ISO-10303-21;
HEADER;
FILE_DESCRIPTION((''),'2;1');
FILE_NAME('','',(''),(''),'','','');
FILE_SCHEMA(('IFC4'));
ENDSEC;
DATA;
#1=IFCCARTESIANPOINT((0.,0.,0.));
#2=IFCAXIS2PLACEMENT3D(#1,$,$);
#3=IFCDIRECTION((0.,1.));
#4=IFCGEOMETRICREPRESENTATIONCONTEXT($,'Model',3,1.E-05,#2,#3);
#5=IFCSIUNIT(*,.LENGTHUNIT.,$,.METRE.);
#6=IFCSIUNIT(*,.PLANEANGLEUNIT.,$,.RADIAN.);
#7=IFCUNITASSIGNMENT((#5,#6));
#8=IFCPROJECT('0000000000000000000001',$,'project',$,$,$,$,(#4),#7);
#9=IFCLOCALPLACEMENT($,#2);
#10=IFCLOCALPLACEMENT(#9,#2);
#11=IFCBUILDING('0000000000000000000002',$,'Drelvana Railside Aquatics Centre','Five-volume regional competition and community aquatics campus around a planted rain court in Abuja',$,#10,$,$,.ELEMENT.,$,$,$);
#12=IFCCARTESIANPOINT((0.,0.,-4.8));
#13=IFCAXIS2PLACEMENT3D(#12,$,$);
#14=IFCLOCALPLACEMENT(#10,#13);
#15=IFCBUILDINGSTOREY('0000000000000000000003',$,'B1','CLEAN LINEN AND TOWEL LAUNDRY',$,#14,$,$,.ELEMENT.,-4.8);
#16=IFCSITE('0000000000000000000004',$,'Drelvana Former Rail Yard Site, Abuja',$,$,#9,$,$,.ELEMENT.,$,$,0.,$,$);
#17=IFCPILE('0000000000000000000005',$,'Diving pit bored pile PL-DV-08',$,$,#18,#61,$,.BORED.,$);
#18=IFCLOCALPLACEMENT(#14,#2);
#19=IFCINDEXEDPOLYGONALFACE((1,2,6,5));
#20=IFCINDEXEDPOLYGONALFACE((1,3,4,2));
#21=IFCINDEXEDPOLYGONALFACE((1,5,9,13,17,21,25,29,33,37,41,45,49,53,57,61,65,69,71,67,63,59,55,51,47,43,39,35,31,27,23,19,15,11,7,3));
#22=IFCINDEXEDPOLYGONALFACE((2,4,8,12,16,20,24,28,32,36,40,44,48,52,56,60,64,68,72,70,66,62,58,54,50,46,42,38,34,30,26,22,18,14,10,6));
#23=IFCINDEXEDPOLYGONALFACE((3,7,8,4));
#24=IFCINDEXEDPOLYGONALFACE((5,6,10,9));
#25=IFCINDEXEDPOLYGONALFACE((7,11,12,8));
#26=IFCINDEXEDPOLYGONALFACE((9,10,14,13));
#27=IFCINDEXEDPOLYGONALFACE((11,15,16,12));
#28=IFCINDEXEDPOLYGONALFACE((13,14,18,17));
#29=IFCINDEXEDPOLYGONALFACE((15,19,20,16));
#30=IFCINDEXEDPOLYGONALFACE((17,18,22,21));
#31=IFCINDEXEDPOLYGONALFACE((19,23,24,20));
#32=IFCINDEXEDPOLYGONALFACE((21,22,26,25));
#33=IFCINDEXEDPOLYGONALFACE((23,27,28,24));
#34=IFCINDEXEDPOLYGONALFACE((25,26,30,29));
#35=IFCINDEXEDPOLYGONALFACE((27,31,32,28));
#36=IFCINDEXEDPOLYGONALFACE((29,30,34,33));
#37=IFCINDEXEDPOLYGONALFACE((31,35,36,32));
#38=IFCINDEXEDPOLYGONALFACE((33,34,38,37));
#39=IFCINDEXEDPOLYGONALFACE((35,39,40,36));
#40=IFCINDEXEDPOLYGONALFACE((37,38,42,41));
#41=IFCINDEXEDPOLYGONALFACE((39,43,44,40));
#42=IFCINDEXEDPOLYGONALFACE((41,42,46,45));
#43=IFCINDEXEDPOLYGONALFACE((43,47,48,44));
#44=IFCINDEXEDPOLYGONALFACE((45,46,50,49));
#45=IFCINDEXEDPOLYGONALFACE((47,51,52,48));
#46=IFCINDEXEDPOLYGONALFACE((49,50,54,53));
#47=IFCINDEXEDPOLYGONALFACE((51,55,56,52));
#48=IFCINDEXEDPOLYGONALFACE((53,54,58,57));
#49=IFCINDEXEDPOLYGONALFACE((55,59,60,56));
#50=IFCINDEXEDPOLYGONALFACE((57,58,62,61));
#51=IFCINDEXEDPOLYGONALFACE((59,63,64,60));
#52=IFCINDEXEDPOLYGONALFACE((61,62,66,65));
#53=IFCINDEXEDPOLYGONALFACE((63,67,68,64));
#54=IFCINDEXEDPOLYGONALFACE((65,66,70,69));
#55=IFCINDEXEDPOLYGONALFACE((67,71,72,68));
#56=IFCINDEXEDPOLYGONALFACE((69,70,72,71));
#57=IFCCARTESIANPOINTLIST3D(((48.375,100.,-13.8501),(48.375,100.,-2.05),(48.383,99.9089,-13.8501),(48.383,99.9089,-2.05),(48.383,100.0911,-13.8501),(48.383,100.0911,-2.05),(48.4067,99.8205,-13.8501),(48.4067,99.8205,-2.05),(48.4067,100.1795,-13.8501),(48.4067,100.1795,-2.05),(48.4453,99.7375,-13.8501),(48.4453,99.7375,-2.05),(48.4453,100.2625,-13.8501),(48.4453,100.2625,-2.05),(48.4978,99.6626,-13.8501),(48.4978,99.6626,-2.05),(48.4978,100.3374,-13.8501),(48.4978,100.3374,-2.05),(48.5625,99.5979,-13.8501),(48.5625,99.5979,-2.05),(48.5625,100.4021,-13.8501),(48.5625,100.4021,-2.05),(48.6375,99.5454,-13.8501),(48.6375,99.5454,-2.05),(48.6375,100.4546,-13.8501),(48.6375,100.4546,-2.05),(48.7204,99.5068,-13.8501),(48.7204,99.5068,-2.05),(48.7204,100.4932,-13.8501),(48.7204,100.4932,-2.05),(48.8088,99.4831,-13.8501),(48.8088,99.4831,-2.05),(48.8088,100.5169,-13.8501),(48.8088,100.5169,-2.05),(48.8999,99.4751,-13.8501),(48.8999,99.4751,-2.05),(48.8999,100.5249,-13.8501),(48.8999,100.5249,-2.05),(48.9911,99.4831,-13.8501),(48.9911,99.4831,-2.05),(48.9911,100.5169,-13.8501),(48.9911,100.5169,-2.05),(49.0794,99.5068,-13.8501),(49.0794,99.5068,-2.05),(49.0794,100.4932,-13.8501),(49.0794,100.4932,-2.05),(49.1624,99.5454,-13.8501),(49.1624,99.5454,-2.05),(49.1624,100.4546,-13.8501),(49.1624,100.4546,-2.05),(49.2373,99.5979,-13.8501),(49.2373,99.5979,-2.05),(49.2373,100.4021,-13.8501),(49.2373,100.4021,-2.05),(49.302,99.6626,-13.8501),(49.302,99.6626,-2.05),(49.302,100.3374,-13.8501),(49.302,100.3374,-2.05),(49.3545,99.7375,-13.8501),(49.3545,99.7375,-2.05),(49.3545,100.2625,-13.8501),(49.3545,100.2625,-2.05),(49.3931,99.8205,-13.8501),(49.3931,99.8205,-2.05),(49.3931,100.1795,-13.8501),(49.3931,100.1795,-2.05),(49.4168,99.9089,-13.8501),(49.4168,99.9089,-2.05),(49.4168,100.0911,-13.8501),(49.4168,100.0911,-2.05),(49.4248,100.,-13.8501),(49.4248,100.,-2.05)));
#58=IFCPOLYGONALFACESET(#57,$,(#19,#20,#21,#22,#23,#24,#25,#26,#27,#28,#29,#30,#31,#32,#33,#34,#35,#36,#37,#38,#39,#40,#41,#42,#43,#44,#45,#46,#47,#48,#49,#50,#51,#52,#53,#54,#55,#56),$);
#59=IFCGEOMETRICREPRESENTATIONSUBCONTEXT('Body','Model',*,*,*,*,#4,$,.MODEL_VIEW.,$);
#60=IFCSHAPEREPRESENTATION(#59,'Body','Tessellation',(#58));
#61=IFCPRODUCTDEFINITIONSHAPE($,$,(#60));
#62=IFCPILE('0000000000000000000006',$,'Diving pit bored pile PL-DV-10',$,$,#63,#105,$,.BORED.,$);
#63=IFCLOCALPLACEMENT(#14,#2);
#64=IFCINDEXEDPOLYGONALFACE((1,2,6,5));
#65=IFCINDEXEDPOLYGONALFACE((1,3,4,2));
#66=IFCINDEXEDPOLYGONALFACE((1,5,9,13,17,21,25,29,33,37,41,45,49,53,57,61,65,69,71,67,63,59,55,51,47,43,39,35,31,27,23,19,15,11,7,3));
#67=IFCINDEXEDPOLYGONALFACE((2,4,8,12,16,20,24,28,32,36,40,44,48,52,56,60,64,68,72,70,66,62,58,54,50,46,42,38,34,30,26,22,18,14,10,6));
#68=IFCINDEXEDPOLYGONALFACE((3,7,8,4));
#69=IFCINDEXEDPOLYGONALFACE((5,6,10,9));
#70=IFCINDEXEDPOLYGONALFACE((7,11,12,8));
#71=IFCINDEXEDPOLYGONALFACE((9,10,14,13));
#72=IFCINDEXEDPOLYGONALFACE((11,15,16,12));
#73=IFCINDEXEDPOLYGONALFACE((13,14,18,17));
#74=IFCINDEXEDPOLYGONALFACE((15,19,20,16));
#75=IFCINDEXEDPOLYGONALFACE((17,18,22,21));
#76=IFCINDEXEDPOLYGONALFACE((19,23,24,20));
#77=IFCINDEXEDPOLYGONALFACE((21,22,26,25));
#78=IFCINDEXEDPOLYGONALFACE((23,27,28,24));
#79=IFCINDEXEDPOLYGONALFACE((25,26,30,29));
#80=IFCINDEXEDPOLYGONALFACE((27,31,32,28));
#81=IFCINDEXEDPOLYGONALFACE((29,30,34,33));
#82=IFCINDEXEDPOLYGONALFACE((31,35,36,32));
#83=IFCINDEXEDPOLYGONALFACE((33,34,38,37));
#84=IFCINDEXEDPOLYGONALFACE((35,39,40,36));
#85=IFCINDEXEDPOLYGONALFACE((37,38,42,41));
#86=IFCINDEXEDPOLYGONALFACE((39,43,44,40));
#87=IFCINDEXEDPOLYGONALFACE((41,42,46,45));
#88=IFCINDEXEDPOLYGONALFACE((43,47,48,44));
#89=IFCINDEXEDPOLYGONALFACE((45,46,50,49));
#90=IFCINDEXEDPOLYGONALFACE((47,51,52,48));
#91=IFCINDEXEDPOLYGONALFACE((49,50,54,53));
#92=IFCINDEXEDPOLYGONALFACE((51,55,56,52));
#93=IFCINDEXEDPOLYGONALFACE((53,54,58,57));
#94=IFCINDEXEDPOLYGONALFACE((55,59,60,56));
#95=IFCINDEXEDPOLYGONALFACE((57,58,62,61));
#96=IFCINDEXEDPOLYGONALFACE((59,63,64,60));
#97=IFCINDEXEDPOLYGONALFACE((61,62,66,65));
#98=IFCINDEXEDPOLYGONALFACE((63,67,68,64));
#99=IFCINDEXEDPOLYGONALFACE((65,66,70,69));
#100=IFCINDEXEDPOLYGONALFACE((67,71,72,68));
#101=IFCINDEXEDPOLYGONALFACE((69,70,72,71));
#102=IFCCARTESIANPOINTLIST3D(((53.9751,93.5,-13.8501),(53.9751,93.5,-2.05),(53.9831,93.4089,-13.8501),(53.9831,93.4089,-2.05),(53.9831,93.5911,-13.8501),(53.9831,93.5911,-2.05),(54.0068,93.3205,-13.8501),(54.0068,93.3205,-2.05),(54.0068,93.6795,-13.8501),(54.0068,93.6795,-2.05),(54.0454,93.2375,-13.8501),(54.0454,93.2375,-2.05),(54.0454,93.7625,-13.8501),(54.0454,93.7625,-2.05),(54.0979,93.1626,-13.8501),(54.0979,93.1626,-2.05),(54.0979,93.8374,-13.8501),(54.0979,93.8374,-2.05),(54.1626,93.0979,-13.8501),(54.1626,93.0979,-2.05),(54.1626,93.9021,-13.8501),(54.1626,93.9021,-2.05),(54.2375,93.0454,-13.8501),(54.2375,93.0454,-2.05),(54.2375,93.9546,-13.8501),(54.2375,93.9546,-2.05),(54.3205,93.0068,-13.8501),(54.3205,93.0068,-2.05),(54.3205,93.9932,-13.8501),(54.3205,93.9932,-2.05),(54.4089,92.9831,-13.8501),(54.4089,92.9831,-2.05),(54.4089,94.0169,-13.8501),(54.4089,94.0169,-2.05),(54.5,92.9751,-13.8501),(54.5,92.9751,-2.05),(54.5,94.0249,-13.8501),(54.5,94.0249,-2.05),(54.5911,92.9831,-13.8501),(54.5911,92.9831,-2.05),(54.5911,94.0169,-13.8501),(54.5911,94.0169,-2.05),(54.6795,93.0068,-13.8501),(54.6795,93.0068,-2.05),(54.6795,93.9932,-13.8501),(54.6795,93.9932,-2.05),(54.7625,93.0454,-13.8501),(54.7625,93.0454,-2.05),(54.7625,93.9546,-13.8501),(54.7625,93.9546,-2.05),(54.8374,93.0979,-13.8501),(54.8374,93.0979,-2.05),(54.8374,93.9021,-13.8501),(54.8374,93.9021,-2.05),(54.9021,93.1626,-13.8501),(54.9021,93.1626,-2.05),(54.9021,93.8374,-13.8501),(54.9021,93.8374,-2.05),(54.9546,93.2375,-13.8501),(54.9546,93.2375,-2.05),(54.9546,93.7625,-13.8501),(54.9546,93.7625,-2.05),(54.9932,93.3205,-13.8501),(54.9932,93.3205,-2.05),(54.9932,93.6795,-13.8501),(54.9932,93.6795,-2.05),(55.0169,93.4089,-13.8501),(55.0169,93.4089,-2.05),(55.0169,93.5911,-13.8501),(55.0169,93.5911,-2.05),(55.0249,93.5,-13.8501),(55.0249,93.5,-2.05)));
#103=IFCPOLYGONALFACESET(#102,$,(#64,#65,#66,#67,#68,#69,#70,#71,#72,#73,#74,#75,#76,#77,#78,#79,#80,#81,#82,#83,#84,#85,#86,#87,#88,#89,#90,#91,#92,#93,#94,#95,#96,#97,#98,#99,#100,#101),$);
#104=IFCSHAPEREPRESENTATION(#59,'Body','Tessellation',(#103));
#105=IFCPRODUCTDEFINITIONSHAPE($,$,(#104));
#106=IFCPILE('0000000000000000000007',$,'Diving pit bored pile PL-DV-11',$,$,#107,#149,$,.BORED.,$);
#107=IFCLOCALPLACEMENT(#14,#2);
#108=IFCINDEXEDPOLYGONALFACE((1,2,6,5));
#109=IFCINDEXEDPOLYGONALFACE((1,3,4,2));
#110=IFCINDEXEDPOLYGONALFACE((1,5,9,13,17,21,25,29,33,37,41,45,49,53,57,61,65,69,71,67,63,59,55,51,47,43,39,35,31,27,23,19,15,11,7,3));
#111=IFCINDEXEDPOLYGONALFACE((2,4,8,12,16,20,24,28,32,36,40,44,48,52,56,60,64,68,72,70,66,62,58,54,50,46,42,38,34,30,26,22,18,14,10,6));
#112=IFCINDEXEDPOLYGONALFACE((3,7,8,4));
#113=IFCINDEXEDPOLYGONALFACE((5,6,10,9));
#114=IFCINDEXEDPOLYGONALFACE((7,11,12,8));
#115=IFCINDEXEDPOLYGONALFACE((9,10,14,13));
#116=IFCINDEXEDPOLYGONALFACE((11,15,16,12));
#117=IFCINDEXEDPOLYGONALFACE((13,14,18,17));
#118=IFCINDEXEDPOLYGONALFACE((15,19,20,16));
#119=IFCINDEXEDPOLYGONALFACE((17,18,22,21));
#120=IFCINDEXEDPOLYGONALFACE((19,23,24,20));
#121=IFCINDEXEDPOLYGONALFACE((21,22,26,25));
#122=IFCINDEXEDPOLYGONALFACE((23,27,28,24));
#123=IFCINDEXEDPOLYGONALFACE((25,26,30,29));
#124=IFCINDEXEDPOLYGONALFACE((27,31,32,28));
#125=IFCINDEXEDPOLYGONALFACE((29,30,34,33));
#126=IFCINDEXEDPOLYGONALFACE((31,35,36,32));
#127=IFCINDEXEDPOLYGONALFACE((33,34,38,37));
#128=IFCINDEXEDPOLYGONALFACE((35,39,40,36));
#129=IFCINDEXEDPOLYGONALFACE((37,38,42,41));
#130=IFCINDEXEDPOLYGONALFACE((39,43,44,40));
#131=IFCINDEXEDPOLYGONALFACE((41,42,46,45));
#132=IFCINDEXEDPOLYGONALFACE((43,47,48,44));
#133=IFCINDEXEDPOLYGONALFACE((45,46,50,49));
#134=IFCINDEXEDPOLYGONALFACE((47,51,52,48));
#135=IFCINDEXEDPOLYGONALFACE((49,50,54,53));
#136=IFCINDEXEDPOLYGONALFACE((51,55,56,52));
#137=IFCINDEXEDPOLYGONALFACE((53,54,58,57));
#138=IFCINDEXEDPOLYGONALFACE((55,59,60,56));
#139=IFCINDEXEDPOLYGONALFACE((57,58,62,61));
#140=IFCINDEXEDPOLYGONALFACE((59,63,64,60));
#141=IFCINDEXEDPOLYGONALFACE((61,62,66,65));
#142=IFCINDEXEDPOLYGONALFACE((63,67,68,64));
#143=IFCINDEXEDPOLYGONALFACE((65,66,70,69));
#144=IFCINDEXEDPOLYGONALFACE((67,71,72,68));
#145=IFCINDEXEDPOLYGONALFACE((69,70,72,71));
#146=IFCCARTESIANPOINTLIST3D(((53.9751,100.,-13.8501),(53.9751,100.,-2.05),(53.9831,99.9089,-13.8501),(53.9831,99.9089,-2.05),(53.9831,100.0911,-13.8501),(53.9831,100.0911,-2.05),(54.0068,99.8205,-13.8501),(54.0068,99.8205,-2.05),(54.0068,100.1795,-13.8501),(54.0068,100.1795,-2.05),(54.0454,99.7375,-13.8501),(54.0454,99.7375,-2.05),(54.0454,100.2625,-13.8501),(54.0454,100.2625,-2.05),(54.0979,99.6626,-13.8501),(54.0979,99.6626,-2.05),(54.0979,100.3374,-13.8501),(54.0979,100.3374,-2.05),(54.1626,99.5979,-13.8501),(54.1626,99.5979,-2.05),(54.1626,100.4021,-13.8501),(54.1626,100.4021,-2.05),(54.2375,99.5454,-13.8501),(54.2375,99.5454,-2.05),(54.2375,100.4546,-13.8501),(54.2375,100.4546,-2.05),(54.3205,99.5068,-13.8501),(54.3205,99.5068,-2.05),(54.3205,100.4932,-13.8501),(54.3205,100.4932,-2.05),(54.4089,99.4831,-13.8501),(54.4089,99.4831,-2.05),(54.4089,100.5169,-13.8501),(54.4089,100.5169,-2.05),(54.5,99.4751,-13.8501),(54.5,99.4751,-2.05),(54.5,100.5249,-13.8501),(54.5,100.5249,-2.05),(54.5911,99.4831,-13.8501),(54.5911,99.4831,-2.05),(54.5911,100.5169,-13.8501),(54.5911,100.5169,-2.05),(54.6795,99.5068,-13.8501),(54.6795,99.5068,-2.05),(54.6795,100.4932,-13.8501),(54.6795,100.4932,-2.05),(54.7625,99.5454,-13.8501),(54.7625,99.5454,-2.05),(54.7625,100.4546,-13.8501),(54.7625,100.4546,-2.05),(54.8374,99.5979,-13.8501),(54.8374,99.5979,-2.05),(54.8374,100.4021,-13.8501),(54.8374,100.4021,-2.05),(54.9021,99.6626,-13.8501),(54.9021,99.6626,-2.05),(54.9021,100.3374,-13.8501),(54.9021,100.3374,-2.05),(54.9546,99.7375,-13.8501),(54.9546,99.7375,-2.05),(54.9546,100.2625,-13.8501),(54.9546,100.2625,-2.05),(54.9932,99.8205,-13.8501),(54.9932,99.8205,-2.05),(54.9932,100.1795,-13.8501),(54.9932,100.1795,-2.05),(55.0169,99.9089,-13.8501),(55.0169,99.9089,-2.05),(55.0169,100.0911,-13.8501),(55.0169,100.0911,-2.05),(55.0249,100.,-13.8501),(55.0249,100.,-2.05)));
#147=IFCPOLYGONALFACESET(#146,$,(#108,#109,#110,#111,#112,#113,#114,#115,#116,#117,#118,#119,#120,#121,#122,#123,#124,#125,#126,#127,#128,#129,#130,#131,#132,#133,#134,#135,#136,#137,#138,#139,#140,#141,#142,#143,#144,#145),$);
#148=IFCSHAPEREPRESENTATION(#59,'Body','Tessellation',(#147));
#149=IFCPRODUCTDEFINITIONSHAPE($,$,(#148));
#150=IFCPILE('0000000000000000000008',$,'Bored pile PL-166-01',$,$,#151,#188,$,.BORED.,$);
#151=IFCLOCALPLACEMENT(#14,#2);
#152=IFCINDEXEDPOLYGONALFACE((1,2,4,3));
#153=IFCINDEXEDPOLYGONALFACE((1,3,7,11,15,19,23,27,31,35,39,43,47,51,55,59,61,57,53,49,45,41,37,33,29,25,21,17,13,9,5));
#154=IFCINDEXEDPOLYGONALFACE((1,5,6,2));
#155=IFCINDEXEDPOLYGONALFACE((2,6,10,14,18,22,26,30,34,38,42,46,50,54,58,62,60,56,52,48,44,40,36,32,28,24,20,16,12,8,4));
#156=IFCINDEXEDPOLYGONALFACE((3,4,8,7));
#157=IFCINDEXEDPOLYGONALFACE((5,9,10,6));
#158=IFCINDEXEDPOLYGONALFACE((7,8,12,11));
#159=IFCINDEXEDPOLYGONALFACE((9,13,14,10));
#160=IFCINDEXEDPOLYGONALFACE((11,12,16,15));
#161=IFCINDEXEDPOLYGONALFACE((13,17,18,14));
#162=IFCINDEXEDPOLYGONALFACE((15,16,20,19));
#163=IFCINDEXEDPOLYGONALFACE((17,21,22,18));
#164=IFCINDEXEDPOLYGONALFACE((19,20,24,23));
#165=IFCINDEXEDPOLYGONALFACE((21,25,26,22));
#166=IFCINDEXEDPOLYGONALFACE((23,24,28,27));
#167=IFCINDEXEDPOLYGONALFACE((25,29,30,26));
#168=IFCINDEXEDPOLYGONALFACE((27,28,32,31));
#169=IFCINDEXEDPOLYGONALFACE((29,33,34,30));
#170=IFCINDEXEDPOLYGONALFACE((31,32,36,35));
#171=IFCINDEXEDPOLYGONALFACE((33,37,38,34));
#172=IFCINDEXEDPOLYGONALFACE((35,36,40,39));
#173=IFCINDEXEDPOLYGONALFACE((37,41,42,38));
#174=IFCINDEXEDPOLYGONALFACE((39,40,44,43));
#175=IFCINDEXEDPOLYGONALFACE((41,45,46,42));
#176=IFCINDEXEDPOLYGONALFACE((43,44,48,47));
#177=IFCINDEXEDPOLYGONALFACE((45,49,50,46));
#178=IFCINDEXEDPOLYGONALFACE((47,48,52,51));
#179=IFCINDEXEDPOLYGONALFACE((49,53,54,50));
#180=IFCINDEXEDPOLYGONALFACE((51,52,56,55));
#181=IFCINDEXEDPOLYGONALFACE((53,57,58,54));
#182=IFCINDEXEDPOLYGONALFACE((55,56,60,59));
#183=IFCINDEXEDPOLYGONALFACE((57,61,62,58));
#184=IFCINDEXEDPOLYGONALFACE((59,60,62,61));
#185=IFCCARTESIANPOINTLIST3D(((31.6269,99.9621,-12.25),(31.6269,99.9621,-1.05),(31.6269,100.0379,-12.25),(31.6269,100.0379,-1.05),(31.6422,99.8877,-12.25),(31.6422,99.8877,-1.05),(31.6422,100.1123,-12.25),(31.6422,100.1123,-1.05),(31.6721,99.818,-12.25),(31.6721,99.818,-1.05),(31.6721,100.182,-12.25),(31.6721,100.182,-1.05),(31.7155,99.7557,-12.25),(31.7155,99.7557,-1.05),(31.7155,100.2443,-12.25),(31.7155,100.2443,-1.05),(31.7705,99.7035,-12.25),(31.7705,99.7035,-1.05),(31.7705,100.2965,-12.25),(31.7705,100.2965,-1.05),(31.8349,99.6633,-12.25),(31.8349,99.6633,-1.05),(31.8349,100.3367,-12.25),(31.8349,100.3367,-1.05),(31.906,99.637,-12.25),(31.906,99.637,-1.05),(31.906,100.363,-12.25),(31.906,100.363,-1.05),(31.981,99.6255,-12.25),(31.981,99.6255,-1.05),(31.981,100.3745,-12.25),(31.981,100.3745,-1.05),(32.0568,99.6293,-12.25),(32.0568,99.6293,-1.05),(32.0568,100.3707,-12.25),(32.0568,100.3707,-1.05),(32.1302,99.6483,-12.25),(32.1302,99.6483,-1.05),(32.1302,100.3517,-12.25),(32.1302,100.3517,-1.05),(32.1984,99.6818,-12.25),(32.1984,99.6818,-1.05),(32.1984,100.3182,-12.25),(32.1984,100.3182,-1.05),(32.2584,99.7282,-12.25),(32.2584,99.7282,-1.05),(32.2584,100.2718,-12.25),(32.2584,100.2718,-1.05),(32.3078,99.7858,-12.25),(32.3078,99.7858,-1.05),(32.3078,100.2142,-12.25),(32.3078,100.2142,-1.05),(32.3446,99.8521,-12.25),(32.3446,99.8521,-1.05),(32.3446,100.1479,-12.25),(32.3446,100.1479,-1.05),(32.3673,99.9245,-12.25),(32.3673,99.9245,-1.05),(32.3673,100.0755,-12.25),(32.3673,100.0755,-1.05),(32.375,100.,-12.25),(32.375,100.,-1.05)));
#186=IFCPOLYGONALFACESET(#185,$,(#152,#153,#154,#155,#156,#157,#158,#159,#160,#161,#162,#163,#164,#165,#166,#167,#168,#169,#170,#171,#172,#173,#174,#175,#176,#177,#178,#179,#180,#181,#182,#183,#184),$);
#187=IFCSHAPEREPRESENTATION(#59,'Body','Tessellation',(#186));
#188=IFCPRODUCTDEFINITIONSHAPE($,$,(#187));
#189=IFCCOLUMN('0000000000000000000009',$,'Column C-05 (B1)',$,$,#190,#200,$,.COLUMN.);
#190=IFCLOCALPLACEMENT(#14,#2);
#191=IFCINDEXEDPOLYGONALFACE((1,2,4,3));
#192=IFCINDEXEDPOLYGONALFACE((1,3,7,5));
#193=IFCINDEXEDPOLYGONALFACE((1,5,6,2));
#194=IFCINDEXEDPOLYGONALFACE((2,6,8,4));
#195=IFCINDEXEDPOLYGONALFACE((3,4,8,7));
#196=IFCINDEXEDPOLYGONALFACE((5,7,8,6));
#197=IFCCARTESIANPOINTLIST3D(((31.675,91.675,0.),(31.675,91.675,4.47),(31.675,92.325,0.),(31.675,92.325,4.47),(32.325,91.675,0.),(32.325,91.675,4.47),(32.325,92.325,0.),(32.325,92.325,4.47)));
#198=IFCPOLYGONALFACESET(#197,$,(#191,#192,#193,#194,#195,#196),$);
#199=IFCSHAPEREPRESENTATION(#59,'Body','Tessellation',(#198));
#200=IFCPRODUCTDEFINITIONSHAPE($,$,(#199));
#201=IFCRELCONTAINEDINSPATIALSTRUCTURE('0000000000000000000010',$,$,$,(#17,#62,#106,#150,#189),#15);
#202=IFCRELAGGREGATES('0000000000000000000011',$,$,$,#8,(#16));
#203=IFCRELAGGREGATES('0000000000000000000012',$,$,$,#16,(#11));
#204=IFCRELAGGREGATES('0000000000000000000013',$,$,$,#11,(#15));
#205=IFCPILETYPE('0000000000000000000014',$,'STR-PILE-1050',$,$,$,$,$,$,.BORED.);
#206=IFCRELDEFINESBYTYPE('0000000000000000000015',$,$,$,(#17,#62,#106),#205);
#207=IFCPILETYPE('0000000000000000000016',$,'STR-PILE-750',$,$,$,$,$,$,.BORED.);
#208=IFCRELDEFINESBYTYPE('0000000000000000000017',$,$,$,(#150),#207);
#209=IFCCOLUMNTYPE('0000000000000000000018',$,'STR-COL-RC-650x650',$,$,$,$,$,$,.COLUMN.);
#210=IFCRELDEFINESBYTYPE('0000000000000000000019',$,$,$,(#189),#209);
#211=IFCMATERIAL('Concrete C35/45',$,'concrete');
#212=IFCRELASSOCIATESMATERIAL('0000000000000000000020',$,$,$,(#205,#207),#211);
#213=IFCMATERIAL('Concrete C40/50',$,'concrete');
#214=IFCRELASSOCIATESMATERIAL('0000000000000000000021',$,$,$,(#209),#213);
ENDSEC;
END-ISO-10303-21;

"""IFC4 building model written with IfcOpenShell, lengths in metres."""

from ifc_helpers import new_model, si_unit, direction, frame, origin, origin_2d, place, context, subcontext, project, spatial, rectangle, circle, extrude, material, material_profile, profile_set, type_object, element, save


model = new_model("IFC4")

# Units and contexts
model_context = context("Model", 3, precision=1e-05, world=origin(), true_north=direction((0.0, 1.0)))
body_context = subcontext(model_context, "Body", "Model", "MODEL_VIEW")
ifc_project = project(units=[si_unit("LENGTHUNIT", "METRE"), si_unit("PLANEANGLEUNIT", "RADIAN")], contexts=[model_context])

# Site, building, storey
site_placement = place(None, origin())
site = spatial("IfcSite", under=ifc_project, at=site_placement, Name="Drelvana Former Rail Yard Site, Abuja", CompositionType="ELEMENT", RefElevation=0.0)
building_placement = place(site_placement, origin())
building = spatial("IfcBuilding", under=site, at=building_placement, Name="Drelvana Railside Aquatics Centre", Description="Five-volume regional competition and community aquatics campus around a planted rain court in Abuja", CompositionType="ELEMENT")
storey_placement = place(building_placement, frame((0.0, 0.0, -4.8)))
storey = spatial("IfcBuildingStorey", under=building, at=storey_placement, Name="B1", Description="CLEAN LINEN AND TOWEL LAUNDRY", CompositionType="ELEMENT", Elevation=-4.8)

# Shared definitions
ifc_material_1 = material(Name="Concrete C35/45", Category="concrete")

# Piles
ifc_material_profile_1 = material_profile(ifc_material_1, circle(Radius=0.5249, at=origin_2d()), Name="PILE D1050")
ifc_profile_set_1 = profile_set([ifc_material_profile_1], Name="Concrete C35/45")
pile_type_1 = type_object("IfcPileType", Name="STR-PILE-1050", PredefinedType="BORED", material=ifc_profile_set_1)
for number, where, z_axis, x_axis, name in (
    (1, (48.8999, 100.0, -2.05), (0.0, 0.0, -1.0), (1.0, 0.0, 0.0), "Diving pit bored pile PL-DV-08"),
    (2, (54.5, 93.5, -2.05), (0.0, 0.0, -1.0), (1.0, 0.0, 0.0), "Diving pit bored pile PL-DV-10"),
    (3, (54.5, 100.0, -2.05), (0.0, 0.0, -1.0), (1.0, 0.0, 0.0), "Diving pit bored pile PL-DV-11"),
):
    element("IfcPile", number, at=place(storey_placement, frame(where, z_axis=z_axis, x_axis=x_axis)), inside=storey, type_object=pile_type_1, Name=name, PredefinedType="BORED", context=body_context, shape_type="SweptSolid", body=[
        extrude(circle(Radius=0.5249, at=origin_2d()), origin(), (0.0, 0.0, 1.0), 11.8),
    ])
ifc_material_profile_2 = material_profile(ifc_material_1, circle(Radius=0.375, at=origin_2d()), Name="PILE D750")
ifc_profile_set_2 = profile_set([ifc_material_profile_2], Name="Concrete C35/45")
pile_type_2 = type_object("IfcPileType", Name="STR-PILE-750", PredefinedType="BORED", material=ifc_profile_set_2)
pile_placement = place(storey_placement, frame((32.0, 100.0, -1.05), z_axis=(0.0, 0.0, -1.0), x_axis=(1.0, 0.0, 0.0)))
element("IfcPile", 4, at=pile_placement, inside=storey, type_object=pile_type_2, Name="Bored pile PL-166-01", PredefinedType="BORED", context=body_context, shape_type="SweptSolid", body=[
    extrude(circle(Radius=0.375, at=origin_2d()), origin(), (0.0, 0.0, 1.0), 11.2),
])

# Column
ifc_material_2 = material(Name="Concrete C40/50", Category="concrete")
ifc_material_profile_3 = material_profile(ifc_material_2, rectangle(XDim=0.6499, YDim=0.6499, at=origin_2d()), Name="RC 650x650")
ifc_profile_set_3 = profile_set([ifc_material_profile_3], Name="Concrete C40/50")
column_type_1 = type_object("IfcColumnType", Name="STR-COL-RC-650x650", PredefinedType="COLUMN", material=ifc_profile_set_3)
for number, where, z_axis, x_axis, name in (
    (5, (32.0, 92.0, 0.0), (0.0, 0.0, 1.0), (1.0, 0.0, 0.0), "Column C-05 (B1)"),
):
    element("IfcColumn", number, at=place(storey_placement, frame(where, z_axis=z_axis, x_axis=x_axis)), inside=storey, type_object=column_type_1, Name=name, PredefinedType="COLUMN", context=body_context, shape_type="SweptSolid", body=[
        extrude(rectangle(XDim=0.6499, YDim=0.6499, at=origin_2d()), origin(), (0.0, 0.0, 1.0), 4.47),
    ])

save(model, "model.ifc")
